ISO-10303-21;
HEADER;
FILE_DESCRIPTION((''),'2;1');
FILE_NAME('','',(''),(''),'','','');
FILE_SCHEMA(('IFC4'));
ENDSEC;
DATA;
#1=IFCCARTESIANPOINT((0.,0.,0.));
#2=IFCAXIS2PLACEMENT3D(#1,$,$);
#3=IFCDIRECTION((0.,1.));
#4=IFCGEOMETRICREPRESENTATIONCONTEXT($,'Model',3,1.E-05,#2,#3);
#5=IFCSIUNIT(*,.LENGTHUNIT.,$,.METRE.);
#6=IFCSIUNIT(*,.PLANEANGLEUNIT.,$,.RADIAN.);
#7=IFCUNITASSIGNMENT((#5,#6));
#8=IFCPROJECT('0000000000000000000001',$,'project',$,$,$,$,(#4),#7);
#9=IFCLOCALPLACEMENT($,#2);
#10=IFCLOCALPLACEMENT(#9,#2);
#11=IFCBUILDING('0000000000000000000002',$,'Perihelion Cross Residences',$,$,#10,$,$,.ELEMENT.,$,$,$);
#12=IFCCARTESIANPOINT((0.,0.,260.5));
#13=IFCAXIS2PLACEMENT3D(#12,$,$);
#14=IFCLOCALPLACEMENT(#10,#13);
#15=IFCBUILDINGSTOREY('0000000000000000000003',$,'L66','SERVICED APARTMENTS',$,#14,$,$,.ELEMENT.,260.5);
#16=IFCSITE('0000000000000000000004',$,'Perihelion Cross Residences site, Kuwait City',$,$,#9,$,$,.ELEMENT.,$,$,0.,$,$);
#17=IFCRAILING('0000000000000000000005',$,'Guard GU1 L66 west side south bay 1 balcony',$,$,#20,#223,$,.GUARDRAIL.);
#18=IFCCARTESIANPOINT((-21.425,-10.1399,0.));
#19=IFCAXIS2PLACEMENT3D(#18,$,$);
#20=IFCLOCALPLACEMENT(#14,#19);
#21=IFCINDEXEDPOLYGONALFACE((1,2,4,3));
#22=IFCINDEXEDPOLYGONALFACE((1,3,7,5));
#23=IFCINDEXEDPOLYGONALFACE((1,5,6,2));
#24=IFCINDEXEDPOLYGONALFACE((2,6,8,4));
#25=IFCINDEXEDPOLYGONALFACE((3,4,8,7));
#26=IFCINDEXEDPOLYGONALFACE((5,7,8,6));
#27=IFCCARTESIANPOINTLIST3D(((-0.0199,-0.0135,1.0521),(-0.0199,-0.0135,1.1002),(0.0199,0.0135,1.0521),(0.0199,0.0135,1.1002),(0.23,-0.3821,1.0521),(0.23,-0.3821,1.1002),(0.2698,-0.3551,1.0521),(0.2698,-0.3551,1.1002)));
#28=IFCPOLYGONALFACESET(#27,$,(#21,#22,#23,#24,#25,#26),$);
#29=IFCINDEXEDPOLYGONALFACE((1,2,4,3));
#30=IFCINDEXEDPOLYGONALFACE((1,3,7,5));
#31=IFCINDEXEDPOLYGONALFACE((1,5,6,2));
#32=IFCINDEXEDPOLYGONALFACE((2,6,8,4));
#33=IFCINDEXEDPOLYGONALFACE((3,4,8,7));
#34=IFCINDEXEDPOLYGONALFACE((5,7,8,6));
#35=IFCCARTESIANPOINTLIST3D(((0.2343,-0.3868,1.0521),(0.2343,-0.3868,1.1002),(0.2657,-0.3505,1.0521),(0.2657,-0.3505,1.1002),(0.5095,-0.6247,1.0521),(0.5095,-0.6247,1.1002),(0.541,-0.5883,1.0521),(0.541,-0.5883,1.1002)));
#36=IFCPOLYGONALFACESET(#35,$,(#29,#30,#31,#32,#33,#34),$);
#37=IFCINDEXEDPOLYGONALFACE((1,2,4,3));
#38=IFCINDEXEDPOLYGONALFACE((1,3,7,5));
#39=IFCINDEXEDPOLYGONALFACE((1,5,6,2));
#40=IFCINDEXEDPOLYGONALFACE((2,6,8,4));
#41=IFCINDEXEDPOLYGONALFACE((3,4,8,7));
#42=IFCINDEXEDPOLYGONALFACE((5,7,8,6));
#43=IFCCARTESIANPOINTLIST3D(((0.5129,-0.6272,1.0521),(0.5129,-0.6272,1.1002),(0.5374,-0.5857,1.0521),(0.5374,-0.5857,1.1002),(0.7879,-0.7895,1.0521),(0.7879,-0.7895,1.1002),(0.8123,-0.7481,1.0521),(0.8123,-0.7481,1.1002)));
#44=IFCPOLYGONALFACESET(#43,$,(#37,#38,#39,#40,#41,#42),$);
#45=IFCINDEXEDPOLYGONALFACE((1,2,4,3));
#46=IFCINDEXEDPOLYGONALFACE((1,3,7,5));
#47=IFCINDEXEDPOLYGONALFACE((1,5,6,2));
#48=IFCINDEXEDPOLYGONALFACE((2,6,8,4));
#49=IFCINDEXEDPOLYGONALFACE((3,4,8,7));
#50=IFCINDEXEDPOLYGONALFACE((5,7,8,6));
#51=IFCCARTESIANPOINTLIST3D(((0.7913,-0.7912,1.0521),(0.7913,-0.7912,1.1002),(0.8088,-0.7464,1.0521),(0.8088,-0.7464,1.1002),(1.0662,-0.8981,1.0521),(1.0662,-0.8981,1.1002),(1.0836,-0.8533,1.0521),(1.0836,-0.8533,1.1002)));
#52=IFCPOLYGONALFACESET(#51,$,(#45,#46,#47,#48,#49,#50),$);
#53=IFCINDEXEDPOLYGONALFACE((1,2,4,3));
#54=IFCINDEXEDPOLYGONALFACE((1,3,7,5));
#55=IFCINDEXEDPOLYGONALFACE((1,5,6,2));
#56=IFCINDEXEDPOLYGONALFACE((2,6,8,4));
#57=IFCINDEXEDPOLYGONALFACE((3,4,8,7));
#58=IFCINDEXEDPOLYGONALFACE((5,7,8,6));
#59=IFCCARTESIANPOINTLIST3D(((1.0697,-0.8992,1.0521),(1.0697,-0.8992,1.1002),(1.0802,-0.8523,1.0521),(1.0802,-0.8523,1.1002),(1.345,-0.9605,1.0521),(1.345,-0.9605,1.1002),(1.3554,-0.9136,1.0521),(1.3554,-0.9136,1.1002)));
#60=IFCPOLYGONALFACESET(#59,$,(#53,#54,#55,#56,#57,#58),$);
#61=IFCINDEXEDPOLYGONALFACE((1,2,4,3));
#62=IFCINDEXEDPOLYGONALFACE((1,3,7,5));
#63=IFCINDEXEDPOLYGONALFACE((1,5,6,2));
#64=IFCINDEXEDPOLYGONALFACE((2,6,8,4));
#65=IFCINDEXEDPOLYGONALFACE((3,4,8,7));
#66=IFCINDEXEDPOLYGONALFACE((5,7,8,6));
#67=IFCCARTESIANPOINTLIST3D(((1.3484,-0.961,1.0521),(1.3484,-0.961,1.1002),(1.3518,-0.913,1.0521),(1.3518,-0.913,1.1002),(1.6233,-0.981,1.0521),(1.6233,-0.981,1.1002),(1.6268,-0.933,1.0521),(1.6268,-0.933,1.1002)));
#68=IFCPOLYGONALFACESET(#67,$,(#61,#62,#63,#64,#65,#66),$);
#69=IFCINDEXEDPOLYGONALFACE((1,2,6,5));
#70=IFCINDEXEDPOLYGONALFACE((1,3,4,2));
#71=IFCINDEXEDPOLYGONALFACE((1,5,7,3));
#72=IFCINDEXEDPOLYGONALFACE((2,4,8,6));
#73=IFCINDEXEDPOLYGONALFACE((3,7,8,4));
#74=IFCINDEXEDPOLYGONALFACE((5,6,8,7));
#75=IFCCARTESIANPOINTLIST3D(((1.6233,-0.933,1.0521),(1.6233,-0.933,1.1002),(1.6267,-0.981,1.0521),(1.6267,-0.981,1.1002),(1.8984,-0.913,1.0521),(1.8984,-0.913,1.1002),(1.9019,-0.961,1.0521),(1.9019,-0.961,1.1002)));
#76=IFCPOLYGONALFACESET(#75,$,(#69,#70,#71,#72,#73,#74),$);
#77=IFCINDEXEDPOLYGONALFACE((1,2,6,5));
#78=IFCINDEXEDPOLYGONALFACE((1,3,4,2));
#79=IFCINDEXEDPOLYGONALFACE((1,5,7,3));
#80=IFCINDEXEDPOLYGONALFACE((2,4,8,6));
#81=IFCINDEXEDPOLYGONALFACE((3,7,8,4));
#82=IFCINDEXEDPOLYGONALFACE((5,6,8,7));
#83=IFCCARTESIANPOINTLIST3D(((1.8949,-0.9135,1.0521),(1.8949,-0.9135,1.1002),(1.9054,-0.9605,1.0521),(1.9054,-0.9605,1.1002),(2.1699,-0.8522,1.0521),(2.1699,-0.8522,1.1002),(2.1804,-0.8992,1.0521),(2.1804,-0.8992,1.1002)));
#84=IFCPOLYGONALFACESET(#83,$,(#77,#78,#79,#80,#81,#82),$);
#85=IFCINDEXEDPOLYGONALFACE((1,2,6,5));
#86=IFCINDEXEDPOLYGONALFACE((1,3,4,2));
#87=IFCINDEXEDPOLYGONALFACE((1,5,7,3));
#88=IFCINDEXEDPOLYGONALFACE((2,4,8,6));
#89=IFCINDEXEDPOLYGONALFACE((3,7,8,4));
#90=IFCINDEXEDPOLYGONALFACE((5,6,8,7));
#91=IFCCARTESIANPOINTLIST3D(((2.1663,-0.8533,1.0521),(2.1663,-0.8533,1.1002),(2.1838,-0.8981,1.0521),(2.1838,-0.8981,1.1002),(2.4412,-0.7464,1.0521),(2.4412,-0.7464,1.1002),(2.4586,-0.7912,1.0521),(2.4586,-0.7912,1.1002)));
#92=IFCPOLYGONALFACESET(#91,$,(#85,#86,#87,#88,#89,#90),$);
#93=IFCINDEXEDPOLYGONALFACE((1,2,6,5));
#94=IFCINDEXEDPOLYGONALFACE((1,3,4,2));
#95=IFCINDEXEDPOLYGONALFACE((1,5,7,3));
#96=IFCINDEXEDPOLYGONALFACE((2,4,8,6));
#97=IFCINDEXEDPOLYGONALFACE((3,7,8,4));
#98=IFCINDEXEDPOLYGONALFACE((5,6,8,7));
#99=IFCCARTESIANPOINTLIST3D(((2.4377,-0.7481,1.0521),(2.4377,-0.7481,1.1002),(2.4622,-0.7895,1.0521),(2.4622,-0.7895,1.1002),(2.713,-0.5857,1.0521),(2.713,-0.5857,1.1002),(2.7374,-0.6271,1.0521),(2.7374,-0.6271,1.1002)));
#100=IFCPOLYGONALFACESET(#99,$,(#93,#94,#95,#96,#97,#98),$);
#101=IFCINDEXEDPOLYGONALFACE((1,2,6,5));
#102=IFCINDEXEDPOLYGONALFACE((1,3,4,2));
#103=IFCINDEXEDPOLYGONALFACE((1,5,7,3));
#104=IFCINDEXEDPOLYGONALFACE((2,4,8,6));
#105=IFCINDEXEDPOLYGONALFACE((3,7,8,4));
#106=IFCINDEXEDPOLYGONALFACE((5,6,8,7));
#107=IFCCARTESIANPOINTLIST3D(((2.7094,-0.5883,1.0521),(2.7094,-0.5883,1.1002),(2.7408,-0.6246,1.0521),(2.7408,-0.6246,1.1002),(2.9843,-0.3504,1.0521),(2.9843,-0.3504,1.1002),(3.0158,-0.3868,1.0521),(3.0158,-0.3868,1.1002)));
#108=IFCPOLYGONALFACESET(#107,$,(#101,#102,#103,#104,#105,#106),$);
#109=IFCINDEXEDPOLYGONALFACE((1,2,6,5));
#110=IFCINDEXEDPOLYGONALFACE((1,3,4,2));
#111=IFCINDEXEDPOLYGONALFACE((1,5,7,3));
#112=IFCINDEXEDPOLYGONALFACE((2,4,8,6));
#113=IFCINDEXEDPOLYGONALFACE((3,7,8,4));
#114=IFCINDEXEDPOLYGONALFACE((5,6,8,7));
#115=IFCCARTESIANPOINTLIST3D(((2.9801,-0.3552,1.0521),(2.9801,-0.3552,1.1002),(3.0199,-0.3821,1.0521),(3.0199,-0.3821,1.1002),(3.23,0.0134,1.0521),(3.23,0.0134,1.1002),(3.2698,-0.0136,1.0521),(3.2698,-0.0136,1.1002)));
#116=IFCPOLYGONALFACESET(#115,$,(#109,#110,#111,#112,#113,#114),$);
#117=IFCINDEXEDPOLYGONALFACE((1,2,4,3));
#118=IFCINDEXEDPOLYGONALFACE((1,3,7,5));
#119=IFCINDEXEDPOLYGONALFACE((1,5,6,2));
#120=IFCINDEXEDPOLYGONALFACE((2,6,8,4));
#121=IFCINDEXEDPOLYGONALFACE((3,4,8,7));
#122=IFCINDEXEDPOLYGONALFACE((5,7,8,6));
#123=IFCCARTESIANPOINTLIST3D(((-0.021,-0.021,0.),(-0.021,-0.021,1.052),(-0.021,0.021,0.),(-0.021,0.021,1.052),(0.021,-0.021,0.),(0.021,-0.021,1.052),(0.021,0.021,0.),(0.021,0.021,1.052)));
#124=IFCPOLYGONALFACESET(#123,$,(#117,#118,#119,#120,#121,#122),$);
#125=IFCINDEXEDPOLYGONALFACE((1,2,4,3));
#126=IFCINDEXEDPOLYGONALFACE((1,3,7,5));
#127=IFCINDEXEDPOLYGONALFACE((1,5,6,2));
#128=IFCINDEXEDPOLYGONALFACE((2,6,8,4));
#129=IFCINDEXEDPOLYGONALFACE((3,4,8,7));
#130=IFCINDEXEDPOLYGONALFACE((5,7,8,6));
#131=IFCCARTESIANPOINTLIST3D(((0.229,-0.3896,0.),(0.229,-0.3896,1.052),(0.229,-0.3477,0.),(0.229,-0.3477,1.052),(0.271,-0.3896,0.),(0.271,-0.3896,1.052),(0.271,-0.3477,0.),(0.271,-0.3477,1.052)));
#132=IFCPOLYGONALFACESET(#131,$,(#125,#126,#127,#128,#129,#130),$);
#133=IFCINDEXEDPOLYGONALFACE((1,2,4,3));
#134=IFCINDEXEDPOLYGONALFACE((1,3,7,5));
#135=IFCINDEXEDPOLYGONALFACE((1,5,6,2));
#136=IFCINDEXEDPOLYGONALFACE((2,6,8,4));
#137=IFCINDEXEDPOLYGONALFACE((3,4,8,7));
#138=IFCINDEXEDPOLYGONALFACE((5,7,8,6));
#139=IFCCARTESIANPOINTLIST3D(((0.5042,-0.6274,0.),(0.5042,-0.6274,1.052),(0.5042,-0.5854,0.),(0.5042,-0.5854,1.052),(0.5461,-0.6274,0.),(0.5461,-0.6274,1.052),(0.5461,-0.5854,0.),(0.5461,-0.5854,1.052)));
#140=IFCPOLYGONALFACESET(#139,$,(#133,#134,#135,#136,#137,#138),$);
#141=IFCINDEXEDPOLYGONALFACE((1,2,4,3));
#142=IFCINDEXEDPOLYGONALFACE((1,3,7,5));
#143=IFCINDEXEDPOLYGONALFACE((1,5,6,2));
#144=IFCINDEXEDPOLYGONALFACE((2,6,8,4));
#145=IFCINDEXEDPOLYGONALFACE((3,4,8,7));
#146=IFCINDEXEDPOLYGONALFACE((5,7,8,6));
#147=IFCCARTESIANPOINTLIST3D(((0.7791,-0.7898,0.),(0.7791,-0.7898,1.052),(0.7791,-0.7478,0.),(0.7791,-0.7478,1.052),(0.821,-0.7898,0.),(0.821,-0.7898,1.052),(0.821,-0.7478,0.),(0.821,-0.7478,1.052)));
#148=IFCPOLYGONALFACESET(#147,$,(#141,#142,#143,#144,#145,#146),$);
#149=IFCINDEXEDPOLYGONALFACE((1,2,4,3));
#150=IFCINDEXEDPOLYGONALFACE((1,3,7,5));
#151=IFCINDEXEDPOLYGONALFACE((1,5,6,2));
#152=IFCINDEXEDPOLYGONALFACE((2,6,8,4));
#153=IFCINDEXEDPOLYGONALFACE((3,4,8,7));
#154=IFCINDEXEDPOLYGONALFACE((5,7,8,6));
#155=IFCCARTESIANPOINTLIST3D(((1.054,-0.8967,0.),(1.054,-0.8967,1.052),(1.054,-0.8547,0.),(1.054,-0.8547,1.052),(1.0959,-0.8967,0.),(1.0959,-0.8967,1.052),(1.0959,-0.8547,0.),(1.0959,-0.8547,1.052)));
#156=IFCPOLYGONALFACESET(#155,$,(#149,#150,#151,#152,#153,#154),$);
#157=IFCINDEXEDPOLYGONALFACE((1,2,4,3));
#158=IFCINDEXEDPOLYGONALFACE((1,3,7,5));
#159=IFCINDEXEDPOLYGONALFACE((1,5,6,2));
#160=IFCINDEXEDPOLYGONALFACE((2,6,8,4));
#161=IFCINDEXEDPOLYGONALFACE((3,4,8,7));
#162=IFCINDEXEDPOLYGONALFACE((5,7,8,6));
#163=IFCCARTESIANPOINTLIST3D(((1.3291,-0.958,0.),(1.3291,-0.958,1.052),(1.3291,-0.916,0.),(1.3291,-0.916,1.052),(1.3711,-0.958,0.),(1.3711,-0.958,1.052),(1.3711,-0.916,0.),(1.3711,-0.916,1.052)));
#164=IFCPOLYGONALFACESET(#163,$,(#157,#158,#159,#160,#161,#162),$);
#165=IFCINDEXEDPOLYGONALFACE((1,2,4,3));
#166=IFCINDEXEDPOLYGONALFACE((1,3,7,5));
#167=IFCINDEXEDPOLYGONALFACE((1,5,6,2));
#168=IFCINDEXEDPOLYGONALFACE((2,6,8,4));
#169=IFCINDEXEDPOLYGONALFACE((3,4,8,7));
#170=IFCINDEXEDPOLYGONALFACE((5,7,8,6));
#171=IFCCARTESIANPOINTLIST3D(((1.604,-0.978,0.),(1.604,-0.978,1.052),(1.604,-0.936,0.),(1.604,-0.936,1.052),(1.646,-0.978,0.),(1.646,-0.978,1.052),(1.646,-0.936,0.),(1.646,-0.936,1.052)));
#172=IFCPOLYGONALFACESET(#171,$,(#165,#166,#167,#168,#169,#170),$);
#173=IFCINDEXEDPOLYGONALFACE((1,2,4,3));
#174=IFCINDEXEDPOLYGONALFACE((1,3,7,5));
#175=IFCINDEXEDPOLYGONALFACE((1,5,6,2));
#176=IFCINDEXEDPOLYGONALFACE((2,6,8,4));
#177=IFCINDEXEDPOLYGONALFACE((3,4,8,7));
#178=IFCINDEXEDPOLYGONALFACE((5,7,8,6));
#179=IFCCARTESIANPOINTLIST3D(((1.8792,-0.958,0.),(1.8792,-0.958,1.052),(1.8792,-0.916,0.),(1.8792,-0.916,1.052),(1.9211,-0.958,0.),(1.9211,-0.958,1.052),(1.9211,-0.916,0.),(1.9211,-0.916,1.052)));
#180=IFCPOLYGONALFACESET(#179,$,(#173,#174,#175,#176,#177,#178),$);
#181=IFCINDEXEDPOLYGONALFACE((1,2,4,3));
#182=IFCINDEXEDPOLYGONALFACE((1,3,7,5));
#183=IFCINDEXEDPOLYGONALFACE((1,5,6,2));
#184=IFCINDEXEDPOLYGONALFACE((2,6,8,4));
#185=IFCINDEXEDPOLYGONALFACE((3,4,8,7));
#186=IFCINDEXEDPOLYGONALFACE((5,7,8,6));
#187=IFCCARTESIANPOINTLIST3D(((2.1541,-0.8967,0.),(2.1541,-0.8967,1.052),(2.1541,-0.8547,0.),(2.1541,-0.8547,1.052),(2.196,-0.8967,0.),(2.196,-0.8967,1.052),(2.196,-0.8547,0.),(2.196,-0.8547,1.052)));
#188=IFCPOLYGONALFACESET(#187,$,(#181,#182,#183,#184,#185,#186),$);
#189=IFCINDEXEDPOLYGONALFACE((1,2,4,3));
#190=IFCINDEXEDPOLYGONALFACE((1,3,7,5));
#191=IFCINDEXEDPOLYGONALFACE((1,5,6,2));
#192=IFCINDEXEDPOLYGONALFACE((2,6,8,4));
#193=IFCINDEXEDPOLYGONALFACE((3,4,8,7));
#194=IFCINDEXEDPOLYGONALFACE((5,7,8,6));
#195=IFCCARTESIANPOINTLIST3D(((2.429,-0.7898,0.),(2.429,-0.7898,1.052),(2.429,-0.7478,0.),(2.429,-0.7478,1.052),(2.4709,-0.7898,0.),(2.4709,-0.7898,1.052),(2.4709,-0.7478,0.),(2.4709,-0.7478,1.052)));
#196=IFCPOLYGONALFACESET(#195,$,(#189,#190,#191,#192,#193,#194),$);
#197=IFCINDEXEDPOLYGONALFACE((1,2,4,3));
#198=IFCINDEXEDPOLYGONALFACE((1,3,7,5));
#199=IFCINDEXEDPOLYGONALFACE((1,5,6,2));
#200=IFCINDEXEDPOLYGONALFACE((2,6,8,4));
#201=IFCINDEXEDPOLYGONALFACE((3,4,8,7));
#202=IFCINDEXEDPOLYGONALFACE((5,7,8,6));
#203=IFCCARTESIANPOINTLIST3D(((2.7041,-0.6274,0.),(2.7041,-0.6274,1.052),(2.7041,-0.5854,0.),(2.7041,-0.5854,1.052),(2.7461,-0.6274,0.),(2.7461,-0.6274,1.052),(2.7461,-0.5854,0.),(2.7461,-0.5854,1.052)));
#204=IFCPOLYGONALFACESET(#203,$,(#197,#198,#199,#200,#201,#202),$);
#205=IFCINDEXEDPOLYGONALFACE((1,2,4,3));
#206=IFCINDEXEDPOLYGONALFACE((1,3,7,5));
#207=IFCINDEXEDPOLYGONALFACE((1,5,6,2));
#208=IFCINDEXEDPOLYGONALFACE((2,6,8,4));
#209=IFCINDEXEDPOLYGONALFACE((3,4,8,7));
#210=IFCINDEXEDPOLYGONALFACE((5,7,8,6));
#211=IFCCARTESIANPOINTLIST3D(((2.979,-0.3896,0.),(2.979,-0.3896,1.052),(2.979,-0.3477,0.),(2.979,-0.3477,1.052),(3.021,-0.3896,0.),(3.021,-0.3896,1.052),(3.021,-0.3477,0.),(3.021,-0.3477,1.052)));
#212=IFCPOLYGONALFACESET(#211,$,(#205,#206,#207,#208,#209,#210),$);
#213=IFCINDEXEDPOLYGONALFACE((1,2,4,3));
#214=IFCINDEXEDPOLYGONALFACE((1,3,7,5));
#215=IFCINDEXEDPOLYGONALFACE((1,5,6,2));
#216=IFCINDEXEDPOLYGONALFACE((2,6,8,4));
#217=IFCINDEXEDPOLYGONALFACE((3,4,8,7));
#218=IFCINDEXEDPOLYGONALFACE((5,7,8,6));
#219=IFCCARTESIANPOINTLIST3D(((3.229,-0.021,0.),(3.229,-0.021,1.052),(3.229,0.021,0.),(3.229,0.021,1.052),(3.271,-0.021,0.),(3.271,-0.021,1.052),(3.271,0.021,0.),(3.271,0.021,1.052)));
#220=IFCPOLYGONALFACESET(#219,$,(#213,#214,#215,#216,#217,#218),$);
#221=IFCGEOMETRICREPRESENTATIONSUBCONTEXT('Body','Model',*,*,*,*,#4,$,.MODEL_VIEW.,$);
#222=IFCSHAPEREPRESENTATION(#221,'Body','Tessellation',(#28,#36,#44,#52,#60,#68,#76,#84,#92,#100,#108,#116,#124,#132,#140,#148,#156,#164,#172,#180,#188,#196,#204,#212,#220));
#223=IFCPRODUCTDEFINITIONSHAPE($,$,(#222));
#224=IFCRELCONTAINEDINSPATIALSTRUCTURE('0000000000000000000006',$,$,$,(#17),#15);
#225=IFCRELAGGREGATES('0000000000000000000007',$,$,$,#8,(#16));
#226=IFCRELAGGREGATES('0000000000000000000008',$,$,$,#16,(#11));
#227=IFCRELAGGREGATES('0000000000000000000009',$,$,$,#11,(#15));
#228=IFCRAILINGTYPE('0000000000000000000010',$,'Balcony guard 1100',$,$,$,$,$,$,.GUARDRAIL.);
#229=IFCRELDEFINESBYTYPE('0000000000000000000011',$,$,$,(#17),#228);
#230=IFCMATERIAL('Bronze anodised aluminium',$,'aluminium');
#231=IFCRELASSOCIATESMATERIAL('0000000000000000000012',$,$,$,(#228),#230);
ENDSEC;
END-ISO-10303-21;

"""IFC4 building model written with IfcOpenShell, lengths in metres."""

from ifc_helpers import new_model, si_unit, direction, frame, origin, origin_2d, place, context, subcontext, project, spatial, rectangle, extrude, material, type_object, element, save


model = new_model("IFC4")

# Units and contexts
model_context = context("Model", 3, precision=1e-05, world=origin(), true_north=direction((0.0, 1.0)))
body_context = subcontext(model_context, "Body", "Model", "MODEL_VIEW")
ifc_project = project(units=[si_unit("LENGTHUNIT", "METRE"), si_unit("PLANEANGLEUNIT", "RADIAN")], contexts=[model_context])

# Site, building, storey
site_placement = place(None, origin())
site = spatial("IfcSite", under=ifc_project, at=site_placement, Name="Perihelion Cross Residences site, Kuwait City", CompositionType="ELEMENT", RefElevation=0.0)
building_placement = place(site_placement, origin())
building = spatial("IfcBuilding", under=site, at=building_placement, Name="Perihelion Cross Residences", CompositionType="ELEMENT")
storey_placement = place(building_placement, frame((0.0, 0.0, 260.5)))
storey = spatial("IfcBuildingStorey", under=building, at=storey_placement, Name="L66", Description="SERVICED APARTMENTS", CompositionType="ELEMENT", Elevation=260.5)

# Railing
ifc_material_1 = material(Name="Bronze anodised aluminium", Category="aluminium")
railing_type_1 = type_object("IfcRailingType", Name="Balcony guard 1100", PredefinedType="GUARDRAIL", material=ifc_material_1)
railing_1_placement = place(storey_placement, frame((-21.425, -10.1399, 0.0)))
element("IfcRailing", 1, at=railing_1_placement, inside=storey, type_object=railing_type_1, Name="Guard GU1 L66 west side south bay 1 balcony", PredefinedType="GUARDRAIL", context=body_context, shape_type="SweptSolid", body=[
    extrude(rectangle(XDim=0.0481, YDim=0.0481, at=origin_2d()), frame((0.0, 0.0, 1.0762), z_axis=(0.56126, -0.827639, 0.0), x_axis=(0.827639, 0.56126, 0.0)), (0.0, 0.0, 1.0), 0.4453),
    extrude(rectangle(XDim=0.0481, YDim=0.0481, at=origin_2d()), frame((0.25, -0.3687, 1.0762), z_axis=(0.756597, -0.653882, 0.0), x_axis=(0.653882, 0.756597, 0.0)), (0.0, 0.0, 1.0), 0.3638),
    extrude(rectangle(XDim=0.0481, YDim=0.0481, at=origin_2d()), frame((0.5251, -0.6064, 1.0762), z_axis=(0.861048, -0.508523, 0.0), x_axis=(0.508523, 0.861048, 0.0)), (0.0, 0.0, 1.0), 0.3193),
    extrude(rectangle(XDim=0.0481, YDim=0.0481, at=origin_2d()), frame((0.8, -0.7688, 1.0762), z_axis=(0.931974, -0.362526, 0.0), x_axis=(0.362526, 0.931974, 0.0)), (0.0, 0.0, 1.0), 0.2949),
    extrude(rectangle(XDim=0.0481, YDim=0.0481, at=origin_2d()), frame((1.075, -0.8757, 1.0762), z_axis=(0.976085, -0.217389, 0.0), x_axis=(0.217389, 0.976085, 0.0)), (0.0, 0.0, 1.0), 0.282),
    extrude(rectangle(XDim=0.0481, YDim=0.0481, at=origin_2d()), frame((1.3501, -0.937, 1.0762), z_axis=(0.997359, -0.072632, 0.0), x_axis=(0.072632, 0.997359, 0.0)), (0.0, 0.0, 1.0), 0.2756),
    extrude(rectangle(XDim=0.0481, YDim=0.0481, at=origin_2d()), frame((1.625, -0.957, 1.0762), z_axis=(0.997363, 0.072568, 0.0), x_axis=(-0.072568, 0.997363, 0.0)), (0.0, 0.0, 1.0), 0.2759),
    extrude(rectangle(XDim=0.0481, YDim=0.0481, at=origin_2d()), frame((1.9001, -0.937, 1.0762), z_axis=(0.976044, 0.217573, 0.0), x_axis=(-0.217573, 0.976044, 0.0)), (0.0, 0.0, 1.0), 0.2817),
    extrude(rectangle(XDim=0.0481, YDim=0.0481, at=origin_2d()), frame((2.175, -0.8757, 1.0762), z_axis=(0.931974, 0.362526, 0.0), x_axis=(-0.362526, 0.931974, 0.0)), (0.0, 0.0, 1.0), 0.2949),
    extrude(rectangle(XDim=0.0481, YDim=0.0481, at=origin_2d()), frame((2.45, -0.7688, 1.0762), z_axis=(0.861246, 0.508189, 0.0), x_axis=(-0.508189, 0.861246, 0.0)), (0.0, 0.0, 1.0), 0.3196),
    extrude(rectangle(XDim=0.0481, YDim=0.0481, at=origin_2d()), frame((2.7251, -0.6064, 1.0762), z_axis=(0.756309, 0.654214, 0.0), x_axis=(-0.654214, 0.756309, 0.0)), (0.0, 0.0, 1.0), 0.3635),
    extrude(rectangle(XDim=0.0481, YDim=0.0481, at=origin_2d()), frame((3.0, -0.3687, 1.0762), z_axis=(0.56126, 0.827639, 0.0), x_axis=(-0.827639, 0.56126, 0.0)), (0.0, 0.0, 1.0), 0.4453),
    extrude(rectangle(XDim=0.042, YDim=0.042, at=origin_2d()), origin(), (0.0, 0.0, 1.0), 1.052),
    extrude(rectangle(XDim=0.042, YDim=0.042, at=origin_2d()), frame((0.25, -0.3687, 0.0)), (0.0, 0.0, 1.0), 1.052),
    extrude(rectangle(XDim=0.042, YDim=0.042, at=origin_2d()), frame((0.5251, -0.6064, 0.0)), (0.0, 0.0, 1.0), 1.052),
    extrude(rectangle(XDim=0.042, YDim=0.042, at=origin_2d()), frame((0.8, -0.7688, 0.0)), (0.0, 0.0, 1.0), 1.052),
    extrude(rectangle(XDim=0.042, YDim=0.042, at=origin_2d()), frame((1.075, -0.8757, 0.0)), (0.0, 0.0, 1.0), 1.052),
    extrude(rectangle(XDim=0.042, YDim=0.042, at=origin_2d()), frame((1.3501, -0.937, 0.0)), (0.0, 0.0, 1.0), 1.052),
    extrude(rectangle(XDim=0.042, YDim=0.042, at=origin_2d()), frame((1.625, -0.957, 0.0)), (0.0, 0.0, 1.0), 1.052),
    extrude(rectangle(XDim=0.042, YDim=0.042, at=origin_2d()), frame((1.9001, -0.937, 0.0)), (0.0, 0.0, 1.0), 1.052),
    extrude(rectangle(XDim=0.042, YDim=0.042, at=origin_2d()), frame((2.175, -0.8757, 0.0)), (0.0, 0.0, 1.0), 1.052),
    extrude(rectangle(XDim=0.042, YDim=0.042, at=origin_2d()), frame((2.45, -0.7688, 0.0)), (0.0, 0.0, 1.0), 1.052),
    extrude(rectangle(XDim=0.042, YDim=0.042, at=origin_2d()), frame((2.7251, -0.6064, 0.0)), (0.0, 0.0, 1.0), 1.052),
    extrude(rectangle(XDim=0.042, YDim=0.042, at=origin_2d()), frame((3.0, -0.3687, 0.0)), (0.0, 0.0, 1.0), 1.052),
    extrude(rectangle(XDim=0.042, YDim=0.042, at=origin_2d()), frame((3.25, 0.0, 0.0)), (0.0, 0.0, 1.0), 1.052),
])

save(model, "model.ifc")
